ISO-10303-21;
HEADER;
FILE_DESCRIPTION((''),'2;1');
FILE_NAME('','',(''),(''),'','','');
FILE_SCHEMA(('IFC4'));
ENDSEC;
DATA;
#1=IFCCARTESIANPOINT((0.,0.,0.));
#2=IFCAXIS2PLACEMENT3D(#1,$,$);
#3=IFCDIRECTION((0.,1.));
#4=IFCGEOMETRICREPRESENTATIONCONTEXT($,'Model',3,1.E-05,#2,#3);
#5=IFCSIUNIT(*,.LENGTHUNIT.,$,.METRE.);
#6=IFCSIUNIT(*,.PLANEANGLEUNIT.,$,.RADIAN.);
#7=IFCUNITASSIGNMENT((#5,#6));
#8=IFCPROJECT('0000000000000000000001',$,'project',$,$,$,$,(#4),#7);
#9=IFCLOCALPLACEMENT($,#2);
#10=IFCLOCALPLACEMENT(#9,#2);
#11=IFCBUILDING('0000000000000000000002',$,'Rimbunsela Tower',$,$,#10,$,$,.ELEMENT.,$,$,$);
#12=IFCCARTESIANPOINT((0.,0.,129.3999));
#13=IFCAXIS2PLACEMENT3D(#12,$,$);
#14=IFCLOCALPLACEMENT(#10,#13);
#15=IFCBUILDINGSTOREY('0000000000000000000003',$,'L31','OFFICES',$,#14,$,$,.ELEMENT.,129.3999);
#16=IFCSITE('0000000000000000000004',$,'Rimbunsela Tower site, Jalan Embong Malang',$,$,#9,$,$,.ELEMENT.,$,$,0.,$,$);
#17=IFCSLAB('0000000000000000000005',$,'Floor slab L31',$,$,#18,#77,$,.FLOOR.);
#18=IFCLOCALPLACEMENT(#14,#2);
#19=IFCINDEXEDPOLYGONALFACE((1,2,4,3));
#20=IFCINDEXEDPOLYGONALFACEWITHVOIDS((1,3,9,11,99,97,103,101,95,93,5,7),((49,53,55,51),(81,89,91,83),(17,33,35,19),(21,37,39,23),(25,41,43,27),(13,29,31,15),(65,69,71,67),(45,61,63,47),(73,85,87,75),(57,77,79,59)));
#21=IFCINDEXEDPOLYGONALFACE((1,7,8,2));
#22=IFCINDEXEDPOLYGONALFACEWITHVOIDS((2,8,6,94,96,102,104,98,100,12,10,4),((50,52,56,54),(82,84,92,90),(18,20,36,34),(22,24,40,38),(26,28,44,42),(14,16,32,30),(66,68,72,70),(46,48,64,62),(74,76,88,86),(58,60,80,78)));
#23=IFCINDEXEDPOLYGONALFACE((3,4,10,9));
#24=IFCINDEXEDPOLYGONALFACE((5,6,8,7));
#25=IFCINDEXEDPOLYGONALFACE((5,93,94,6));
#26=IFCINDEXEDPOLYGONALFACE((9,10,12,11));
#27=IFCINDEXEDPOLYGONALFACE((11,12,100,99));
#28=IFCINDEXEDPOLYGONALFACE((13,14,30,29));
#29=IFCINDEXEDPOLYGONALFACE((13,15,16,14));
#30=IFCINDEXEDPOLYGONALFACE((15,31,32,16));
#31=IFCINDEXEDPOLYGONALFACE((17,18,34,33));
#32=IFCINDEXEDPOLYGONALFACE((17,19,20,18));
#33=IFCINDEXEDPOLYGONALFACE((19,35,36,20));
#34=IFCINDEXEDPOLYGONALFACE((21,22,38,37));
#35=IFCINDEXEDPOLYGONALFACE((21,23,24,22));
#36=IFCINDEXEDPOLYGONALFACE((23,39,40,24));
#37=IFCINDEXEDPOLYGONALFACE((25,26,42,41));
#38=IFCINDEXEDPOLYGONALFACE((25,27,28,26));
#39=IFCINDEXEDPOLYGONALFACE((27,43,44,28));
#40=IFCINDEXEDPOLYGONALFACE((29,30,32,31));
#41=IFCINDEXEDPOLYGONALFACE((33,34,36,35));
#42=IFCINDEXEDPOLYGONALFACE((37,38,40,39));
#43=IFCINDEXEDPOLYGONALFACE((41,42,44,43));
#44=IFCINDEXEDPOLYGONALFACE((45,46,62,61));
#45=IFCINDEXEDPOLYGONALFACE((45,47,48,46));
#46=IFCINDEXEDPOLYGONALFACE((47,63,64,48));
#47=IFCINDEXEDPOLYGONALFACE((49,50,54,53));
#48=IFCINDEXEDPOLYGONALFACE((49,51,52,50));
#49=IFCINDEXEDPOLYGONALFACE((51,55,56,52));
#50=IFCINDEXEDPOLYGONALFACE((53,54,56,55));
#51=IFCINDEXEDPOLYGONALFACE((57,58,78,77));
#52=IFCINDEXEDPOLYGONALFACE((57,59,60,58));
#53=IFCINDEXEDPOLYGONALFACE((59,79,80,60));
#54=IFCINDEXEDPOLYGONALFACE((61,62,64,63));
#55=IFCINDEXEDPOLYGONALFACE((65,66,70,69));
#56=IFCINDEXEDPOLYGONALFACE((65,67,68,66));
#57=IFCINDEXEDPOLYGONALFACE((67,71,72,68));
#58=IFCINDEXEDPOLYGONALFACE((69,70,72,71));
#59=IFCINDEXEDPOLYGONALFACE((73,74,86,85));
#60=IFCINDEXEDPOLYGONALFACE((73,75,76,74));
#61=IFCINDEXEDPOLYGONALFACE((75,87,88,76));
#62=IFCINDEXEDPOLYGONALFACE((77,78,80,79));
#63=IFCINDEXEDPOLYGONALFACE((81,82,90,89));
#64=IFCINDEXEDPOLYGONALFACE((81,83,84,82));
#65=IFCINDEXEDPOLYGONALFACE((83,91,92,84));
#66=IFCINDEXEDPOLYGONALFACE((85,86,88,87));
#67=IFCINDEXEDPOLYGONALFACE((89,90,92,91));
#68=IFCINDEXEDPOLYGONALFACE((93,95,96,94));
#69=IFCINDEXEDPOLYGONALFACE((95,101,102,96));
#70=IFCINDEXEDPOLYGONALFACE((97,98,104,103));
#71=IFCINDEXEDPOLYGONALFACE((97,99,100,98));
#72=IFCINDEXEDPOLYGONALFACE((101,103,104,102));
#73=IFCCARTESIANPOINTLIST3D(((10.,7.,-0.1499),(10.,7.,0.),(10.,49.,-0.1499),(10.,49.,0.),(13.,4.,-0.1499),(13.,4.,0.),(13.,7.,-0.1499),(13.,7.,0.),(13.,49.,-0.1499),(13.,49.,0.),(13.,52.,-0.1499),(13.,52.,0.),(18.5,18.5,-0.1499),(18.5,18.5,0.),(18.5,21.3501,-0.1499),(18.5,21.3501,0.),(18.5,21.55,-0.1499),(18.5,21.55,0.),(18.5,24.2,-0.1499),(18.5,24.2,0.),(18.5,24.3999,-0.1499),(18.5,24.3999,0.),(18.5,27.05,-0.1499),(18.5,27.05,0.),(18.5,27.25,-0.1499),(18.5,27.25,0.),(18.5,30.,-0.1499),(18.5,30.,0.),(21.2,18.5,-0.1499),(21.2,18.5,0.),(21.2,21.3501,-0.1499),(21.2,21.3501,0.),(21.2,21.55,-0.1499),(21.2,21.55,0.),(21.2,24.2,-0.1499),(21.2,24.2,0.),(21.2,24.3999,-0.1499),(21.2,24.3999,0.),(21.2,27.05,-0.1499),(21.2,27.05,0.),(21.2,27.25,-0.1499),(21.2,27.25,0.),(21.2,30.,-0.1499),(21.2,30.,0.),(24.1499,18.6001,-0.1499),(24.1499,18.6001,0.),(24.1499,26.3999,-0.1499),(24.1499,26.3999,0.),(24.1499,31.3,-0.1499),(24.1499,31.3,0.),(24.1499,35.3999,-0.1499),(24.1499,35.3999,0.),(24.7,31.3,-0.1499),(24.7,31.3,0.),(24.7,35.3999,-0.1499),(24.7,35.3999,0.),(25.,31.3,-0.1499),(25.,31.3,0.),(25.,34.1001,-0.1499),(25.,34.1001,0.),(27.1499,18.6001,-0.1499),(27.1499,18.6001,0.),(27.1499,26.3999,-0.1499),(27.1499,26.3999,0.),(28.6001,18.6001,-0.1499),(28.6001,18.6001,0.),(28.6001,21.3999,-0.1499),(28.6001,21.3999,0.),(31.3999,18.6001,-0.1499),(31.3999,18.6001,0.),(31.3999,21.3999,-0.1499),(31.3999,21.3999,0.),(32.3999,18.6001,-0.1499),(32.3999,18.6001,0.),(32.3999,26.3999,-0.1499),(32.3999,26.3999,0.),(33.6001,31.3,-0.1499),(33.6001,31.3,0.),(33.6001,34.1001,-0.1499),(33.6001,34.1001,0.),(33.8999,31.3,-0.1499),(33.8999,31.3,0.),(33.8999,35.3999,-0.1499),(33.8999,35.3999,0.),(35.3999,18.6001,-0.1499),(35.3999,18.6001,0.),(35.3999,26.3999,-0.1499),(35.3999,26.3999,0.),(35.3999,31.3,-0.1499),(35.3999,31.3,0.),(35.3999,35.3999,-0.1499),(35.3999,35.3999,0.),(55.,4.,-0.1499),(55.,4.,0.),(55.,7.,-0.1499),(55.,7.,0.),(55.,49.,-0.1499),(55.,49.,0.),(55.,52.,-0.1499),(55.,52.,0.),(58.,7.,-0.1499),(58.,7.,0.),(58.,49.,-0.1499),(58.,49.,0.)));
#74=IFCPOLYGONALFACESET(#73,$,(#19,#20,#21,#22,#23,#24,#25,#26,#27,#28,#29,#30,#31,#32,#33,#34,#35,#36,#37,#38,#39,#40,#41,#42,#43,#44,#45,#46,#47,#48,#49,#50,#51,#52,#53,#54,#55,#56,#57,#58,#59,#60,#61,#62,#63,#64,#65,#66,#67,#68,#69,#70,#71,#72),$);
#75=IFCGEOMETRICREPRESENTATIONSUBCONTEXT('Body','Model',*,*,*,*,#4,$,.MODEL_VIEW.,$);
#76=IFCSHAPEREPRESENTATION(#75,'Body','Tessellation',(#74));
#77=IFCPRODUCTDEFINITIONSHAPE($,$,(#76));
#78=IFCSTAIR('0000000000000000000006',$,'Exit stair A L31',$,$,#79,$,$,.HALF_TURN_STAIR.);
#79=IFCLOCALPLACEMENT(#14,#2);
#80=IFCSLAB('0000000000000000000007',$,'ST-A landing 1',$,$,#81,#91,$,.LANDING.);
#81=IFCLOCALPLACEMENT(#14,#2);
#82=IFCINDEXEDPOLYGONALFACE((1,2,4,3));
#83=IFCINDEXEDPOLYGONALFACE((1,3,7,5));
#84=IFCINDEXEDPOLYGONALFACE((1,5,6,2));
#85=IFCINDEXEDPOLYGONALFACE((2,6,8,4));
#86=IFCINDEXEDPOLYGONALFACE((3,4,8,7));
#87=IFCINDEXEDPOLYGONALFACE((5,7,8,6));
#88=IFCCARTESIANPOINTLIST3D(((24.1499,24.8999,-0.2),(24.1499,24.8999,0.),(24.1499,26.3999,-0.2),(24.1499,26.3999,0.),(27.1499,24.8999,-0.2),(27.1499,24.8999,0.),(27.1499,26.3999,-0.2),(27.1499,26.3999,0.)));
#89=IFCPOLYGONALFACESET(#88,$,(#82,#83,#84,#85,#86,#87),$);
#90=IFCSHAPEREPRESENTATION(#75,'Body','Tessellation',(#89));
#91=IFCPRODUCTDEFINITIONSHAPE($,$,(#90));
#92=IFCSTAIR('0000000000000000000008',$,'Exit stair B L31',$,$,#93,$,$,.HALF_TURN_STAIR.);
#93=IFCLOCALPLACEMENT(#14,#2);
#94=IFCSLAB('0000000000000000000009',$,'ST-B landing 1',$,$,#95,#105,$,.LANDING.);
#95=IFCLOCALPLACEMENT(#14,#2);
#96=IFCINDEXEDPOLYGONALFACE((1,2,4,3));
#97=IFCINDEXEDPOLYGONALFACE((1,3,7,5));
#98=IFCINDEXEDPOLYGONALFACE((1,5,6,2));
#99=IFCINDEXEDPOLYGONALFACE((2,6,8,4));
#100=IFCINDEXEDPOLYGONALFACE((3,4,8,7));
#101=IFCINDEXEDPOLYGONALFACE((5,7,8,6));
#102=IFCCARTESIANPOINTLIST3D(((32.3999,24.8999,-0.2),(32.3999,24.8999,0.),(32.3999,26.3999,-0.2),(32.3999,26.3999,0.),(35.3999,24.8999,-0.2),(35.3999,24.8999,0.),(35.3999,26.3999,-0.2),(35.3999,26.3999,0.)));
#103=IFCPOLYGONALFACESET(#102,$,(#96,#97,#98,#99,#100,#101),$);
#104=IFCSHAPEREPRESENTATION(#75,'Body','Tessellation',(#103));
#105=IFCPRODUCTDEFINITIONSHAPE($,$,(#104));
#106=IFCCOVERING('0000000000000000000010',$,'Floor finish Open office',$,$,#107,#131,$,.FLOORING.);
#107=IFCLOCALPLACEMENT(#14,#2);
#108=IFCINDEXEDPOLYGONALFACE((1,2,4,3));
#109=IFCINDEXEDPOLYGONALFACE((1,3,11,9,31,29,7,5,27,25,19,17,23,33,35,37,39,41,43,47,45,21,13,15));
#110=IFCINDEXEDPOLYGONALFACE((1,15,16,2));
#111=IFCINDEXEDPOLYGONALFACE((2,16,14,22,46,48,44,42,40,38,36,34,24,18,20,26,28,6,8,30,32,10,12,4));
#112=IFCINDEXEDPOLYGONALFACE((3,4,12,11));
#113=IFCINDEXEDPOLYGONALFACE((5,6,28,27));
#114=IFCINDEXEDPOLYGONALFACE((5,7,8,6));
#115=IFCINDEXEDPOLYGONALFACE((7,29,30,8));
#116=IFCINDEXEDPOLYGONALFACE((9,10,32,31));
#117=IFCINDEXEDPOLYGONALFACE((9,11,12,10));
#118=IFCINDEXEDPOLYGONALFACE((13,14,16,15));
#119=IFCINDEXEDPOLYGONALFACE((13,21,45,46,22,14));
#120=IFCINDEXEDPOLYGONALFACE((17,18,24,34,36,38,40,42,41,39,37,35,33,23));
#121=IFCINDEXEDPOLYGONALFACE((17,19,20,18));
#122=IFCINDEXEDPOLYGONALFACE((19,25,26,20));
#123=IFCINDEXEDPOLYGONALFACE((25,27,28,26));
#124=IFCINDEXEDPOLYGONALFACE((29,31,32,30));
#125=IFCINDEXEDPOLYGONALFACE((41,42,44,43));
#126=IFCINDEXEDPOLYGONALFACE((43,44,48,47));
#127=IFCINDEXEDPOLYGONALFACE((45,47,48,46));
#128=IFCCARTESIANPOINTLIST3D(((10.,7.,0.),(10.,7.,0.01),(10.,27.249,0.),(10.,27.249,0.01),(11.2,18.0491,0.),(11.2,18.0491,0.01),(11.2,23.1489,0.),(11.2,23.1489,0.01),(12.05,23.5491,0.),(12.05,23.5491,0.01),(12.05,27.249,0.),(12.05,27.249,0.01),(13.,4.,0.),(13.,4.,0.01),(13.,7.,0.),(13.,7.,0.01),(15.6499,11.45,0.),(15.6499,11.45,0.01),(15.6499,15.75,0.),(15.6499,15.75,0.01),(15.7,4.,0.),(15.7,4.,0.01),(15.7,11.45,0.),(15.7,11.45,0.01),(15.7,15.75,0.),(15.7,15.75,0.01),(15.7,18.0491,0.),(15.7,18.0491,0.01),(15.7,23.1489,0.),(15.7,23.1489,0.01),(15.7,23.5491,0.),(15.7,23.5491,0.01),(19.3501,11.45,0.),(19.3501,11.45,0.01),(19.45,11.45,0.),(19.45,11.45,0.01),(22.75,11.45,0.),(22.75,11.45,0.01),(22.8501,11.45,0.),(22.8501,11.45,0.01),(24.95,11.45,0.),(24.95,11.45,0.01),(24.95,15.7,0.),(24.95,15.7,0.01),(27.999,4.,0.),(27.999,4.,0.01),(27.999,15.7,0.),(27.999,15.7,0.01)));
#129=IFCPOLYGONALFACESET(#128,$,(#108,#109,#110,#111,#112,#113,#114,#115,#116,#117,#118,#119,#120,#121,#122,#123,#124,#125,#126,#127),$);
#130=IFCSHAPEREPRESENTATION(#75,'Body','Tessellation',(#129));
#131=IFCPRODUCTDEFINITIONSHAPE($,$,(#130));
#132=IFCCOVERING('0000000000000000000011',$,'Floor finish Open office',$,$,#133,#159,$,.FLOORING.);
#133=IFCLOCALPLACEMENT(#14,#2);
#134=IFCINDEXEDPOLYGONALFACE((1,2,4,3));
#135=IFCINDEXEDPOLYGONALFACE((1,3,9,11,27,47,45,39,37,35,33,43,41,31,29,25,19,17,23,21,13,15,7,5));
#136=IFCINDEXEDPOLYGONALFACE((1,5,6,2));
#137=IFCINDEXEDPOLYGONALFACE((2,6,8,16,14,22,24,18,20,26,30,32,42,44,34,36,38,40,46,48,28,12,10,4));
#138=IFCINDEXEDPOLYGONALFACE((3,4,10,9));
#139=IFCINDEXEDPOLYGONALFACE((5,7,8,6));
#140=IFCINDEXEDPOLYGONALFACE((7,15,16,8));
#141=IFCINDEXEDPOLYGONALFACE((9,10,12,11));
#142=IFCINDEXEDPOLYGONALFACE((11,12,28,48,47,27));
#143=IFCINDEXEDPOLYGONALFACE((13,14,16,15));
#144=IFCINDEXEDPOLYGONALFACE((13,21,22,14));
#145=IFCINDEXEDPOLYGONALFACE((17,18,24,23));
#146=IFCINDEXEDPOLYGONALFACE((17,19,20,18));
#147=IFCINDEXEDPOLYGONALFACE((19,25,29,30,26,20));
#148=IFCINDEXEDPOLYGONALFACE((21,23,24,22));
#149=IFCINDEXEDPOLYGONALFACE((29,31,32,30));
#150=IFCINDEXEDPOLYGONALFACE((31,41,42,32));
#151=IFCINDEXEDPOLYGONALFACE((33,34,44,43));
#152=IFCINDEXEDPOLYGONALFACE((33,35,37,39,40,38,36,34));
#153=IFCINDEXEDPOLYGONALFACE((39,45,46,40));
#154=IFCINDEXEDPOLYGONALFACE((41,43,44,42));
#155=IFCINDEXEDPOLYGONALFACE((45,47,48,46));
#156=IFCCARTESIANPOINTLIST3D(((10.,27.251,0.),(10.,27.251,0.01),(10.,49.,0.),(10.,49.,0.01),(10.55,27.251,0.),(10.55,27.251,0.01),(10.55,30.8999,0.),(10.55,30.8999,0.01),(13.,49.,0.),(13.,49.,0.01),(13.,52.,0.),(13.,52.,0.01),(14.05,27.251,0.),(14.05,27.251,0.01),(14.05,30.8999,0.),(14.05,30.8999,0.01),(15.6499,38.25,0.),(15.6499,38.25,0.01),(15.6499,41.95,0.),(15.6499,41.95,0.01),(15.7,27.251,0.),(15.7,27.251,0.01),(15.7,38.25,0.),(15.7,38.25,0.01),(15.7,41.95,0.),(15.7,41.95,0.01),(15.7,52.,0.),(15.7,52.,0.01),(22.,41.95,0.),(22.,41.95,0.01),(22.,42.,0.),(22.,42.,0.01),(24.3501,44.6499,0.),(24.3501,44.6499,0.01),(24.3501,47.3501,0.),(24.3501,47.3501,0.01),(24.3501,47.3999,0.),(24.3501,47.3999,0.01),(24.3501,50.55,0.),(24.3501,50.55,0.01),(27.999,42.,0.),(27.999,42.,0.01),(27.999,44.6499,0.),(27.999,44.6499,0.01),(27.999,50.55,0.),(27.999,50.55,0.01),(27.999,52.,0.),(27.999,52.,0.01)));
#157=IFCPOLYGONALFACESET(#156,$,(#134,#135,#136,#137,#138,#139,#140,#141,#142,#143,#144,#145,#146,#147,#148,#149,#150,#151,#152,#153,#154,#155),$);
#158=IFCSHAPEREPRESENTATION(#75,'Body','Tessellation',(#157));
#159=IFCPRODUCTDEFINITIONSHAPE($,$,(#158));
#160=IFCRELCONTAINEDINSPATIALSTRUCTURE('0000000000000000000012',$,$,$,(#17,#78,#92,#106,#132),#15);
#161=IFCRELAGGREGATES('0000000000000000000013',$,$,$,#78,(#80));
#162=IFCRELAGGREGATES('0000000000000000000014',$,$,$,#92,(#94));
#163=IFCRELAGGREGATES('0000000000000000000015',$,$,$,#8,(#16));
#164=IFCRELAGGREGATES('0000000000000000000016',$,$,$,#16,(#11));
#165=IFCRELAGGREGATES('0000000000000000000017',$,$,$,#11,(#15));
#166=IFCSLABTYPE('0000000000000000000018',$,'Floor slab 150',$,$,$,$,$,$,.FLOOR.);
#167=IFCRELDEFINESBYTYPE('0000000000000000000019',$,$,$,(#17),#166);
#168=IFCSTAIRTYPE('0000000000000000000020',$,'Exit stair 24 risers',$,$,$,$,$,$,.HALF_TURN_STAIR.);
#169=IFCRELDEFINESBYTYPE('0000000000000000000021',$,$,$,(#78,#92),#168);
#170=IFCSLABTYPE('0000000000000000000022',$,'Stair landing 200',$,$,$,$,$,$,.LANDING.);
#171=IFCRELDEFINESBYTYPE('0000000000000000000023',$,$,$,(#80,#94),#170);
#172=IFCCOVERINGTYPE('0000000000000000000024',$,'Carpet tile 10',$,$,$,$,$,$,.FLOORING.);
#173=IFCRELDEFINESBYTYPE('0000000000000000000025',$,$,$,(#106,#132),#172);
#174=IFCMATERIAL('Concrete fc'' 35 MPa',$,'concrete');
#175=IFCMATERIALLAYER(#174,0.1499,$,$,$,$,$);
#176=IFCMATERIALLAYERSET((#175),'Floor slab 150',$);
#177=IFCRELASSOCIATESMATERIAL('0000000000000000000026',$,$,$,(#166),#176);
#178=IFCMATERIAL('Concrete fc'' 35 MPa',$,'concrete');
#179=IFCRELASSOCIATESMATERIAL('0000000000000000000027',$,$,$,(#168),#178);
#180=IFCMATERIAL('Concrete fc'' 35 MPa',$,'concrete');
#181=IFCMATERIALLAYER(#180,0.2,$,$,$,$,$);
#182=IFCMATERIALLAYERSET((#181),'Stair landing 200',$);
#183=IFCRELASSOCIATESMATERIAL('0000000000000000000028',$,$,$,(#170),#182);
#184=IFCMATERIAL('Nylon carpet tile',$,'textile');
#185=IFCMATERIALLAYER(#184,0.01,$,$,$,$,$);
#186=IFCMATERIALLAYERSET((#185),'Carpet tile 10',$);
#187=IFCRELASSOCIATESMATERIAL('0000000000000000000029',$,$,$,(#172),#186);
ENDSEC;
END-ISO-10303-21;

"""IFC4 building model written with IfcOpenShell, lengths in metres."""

from ifc_helpers import new_model, si_unit, direction, frame, origin, place, context, subcontext, project, spatial, polyline, outline, extrude, material, layer, layer_set, type_object, element, aggregate, save


model = new_model("IFC4")

# Units and contexts
model_context = context("Model", 3, precision=1e-05, world=origin(), true_north=direction((0.0, 1.0)))
body_context = subcontext(model_context, "Body", "Model", "MODEL_VIEW")
ifc_project = project(units=[si_unit("LENGTHUNIT", "METRE"), si_unit("PLANEANGLEUNIT", "RADIAN")], contexts=[model_context])

# Site, building, storey
site_placement = place(None, origin())
site = spatial("IfcSite", under=ifc_project, at=site_placement, Name="Rimbunsela Tower site, Jalan Embong Malang", CompositionType="ELEMENT", RefElevation=0.0)
building_placement = place(site_placement, origin())
building = spatial("IfcBuilding", under=site, at=building_placement, Name="Rimbunsela Tower", CompositionType="ELEMENT")
storey_placement = place(building_placement, frame((0.0, 0.0, 129.3999)))
storey = spatial("IfcBuildingStorey", under=building, at=storey_placement, Name="L31", Description="OFFICES", CompositionType="ELEMENT", Elevation=129.3999)

# Slab
ifc_material_1 = material(Name="Concrete fc' 35 MPa", Category="concrete")
ifc_layer_1 = layer(ifc_material_1, 0.1499)
ifc_layer_set_1 = layer_set([ifc_layer_1], Name="Floor slab 150")
slab_type_1 = type_object("IfcSlabType", Name="Floor slab 150", PredefinedType="FLOOR", material=ifc_layer_set_1)
slab_1_placement = place(storey_placement, frame((0.0, 0.0, -0.1499)))
element("IfcSlab", 1, at=slab_1_placement, inside=storey, type_object=slab_type_1, Name="Floor slab L31", PredefinedType="FLOOR", context=body_context, shape_type="SweptSolid", body=[
    extrude(outline(polyline([(13.0, 4.0), (55.0, 4.0), (55.0, 7.0), (58.0, 7.0), (58.0, 49.0), (55.0, 49.0), (55.0, 52.0), (13.0, 52.0), (13.0, 49.0), (10.0, 49.0), (10.0, 7.0), (13.0, 7.0), (13.0, 4.0)]), holes=[polyline([(21.2, 21.3501), (18.5, 21.3501), (18.5, 18.5), (21.2, 18.5), (21.2, 21.3501)]), polyline([(21.2, 21.55), (21.2, 24.2), (18.5, 24.2), (18.5, 21.55), (21.2, 21.55)]), polyline([(21.2, 27.05), (18.5, 27.05), (18.5, 24.3999), (21.2, 24.3999), (21.2, 27.05)]), polyline([(21.2, 27.25), (21.2, 30.0), (18.5, 30.0), (18.5, 27.25), (21.2, 27.25)]), polyline([(27.1499, 18.6001), (27.1499, 26.3999), (24.1499, 26.3999), (24.1499, 18.6001), (27.1499, 18.6001)]), polyline([(24.7, 31.3), (24.7, 35.3999), (24.1499, 35.3999), (24.1499, 31.3), (24.7, 31.3)]), polyline([(25.0, 34.1001), (25.0, 31.3), (33.6001, 31.3), (33.6001, 34.1001), (25.0, 34.1001)]), polyline([(31.3999, 21.3999), (28.6001, 21.3999), (28.6001, 18.6001), (31.3999, 18.6001), (31.3999, 21.3999)]), polyline([(35.3999, 18.6001), (35.3999, 26.3999), (32.3999, 26.3999), (32.3999, 18.6001), (35.3999, 18.6001)]), polyline([(35.3999, 31.3), (35.3999, 35.3999), (33.8999, 35.3999), (33.8999, 31.3), (35.3999, 31.3)])]), origin(), (0.0, 0.0, 1.0), 0.1499),
])

# Stairs, slabs
ifc_material_2 = material(Name="Concrete fc' 35 MPa", Category="concrete")
stair_type = type_object("IfcStairType", Name="Exit stair 24 risers", PredefinedType="HALF_TURN_STAIR", material=ifc_material_2)
stair_1_placement = place(storey_placement, origin())
stair_1 = element("IfcStair", 2, at=stair_1_placement, inside=storey, type_object=stair_type, Name="Exit stair A L31", PredefinedType="HALF_TURN_STAIR")
ifc_material_3 = material(Name="Concrete fc' 35 MPa", Category="concrete")
ifc_layer_2 = layer(ifc_material_3, 0.2)
ifc_layer_set_2 = layer_set([ifc_layer_2], Name="Stair landing 200")
slab_type_2 = type_object("IfcSlabType", Name="Stair landing 200", PredefinedType="LANDING", material=ifc_layer_set_2)
slab_2_placement = place(storey_placement, frame((0.0, 0.0, -0.2)))
slab_2 = element("IfcSlab", 3, at=slab_2_placement, type_object=slab_type_2, Name="ST-A landing 1", PredefinedType="LANDING", context=body_context, shape_type="SweptSolid", body=[
    extrude(outline(polyline([(24.1499, 24.8999), (27.1499, 24.8999), (27.1499, 26.3999), (24.1499, 26.3999), (24.1499, 24.8999)])), origin(), (0.0, 0.0, 1.0), 0.2),
])
aggregate(stair_1, [slab_2])
stair_2_placement = place(storey_placement, origin())
stair_2 = element("IfcStair", 4, at=stair_2_placement, inside=storey, type_object=stair_type, Name="Exit stair B L31", PredefinedType="HALF_TURN_STAIR")
slab_3_placement = place(storey_placement, frame((0.0, 0.0, -0.2)))
slab_3 = element("IfcSlab", 5, at=slab_3_placement, type_object=slab_type_2, Name="ST-B landing 1", PredefinedType="LANDING", context=body_context, shape_type="SweptSolid", body=[
    extrude(outline(polyline([(32.3999, 24.8999), (35.3999, 24.8999), (35.3999, 26.3999), (32.3999, 26.3999), (32.3999, 24.8999)])), origin(), (0.0, 0.0, 1.0), 0.2),
])
aggregate(stair_2, [slab_3])

# Coverings
ifc_material_4 = material(Name="Nylon carpet tile", Category="textile")
ifc_layer_3 = layer(ifc_material_4, 0.01)
ifc_layer_set_3 = layer_set([ifc_layer_3], Name="Carpet tile 10")
covering_type_1 = type_object("IfcCoveringType", Name="Carpet tile 10", PredefinedType="FLOORING", material=ifc_layer_set_3)
covering_1_placement = place(storey_placement, origin())
element("IfcCovering", 6, at=covering_1_placement, inside=storey, type_object=covering_type_1, Name="Floor finish Open office", PredefinedType="FLOORING", context=body_context, shape_type="SweptSolid", body=[
    extrude(outline(polyline([(19.45, 11.45), (22.75, 11.45), (22.8501, 11.45), (24.95, 11.45), (24.95, 15.7), (27.999, 15.7), (27.999, 4.0), (15.7, 4.0), (13.0, 4.0), (13.0, 7.0), (10.0, 7.0), (10.0, 27.249), (12.05, 27.249), (12.05, 23.5491), (15.7, 23.5491), (15.7, 23.1489), (11.2, 23.1489), (11.2, 18.0491), (15.7, 18.0491), (15.7, 15.75), (15.6499, 15.75), (15.6499, 11.45), (15.7, 11.45), (19.3501, 11.45), (19.45, 11.45)])), origin(), (0.0, 0.0, 1.0), 0.01),
])
covering_2_placement = place(storey_placement, origin())
element("IfcCovering", 7, at=covering_2_placement, inside=storey, type_object=covering_type_1, Name="Floor finish Open office", PredefinedType="FLOORING", context=body_context, shape_type="SweptSolid", body=[
    extrude(outline(polyline([(15.6499, 41.95), (15.6499, 38.25), (15.7, 38.25), (15.7, 27.251), (14.05, 27.251), (14.05, 30.8999), (10.55, 30.8999), (10.55, 27.251), (10.0, 27.251), (10.0, 49.0), (13.0, 49.0), (13.0, 52.0), (15.7, 52.0), (27.999, 52.0), (27.999, 50.55), (24.3501, 50.55), (24.3501, 47.3999), (24.3501, 47.3501), (24.3501, 44.6499), (27.999, 44.6499), (27.999, 42.0), (22.0, 42.0), (22.0, 41.95), (15.7, 41.95), (15.6499, 41.95)])), origin(), (0.0, 0.0, 1.0), 0.01),
])

save(model, "model.ifc")
